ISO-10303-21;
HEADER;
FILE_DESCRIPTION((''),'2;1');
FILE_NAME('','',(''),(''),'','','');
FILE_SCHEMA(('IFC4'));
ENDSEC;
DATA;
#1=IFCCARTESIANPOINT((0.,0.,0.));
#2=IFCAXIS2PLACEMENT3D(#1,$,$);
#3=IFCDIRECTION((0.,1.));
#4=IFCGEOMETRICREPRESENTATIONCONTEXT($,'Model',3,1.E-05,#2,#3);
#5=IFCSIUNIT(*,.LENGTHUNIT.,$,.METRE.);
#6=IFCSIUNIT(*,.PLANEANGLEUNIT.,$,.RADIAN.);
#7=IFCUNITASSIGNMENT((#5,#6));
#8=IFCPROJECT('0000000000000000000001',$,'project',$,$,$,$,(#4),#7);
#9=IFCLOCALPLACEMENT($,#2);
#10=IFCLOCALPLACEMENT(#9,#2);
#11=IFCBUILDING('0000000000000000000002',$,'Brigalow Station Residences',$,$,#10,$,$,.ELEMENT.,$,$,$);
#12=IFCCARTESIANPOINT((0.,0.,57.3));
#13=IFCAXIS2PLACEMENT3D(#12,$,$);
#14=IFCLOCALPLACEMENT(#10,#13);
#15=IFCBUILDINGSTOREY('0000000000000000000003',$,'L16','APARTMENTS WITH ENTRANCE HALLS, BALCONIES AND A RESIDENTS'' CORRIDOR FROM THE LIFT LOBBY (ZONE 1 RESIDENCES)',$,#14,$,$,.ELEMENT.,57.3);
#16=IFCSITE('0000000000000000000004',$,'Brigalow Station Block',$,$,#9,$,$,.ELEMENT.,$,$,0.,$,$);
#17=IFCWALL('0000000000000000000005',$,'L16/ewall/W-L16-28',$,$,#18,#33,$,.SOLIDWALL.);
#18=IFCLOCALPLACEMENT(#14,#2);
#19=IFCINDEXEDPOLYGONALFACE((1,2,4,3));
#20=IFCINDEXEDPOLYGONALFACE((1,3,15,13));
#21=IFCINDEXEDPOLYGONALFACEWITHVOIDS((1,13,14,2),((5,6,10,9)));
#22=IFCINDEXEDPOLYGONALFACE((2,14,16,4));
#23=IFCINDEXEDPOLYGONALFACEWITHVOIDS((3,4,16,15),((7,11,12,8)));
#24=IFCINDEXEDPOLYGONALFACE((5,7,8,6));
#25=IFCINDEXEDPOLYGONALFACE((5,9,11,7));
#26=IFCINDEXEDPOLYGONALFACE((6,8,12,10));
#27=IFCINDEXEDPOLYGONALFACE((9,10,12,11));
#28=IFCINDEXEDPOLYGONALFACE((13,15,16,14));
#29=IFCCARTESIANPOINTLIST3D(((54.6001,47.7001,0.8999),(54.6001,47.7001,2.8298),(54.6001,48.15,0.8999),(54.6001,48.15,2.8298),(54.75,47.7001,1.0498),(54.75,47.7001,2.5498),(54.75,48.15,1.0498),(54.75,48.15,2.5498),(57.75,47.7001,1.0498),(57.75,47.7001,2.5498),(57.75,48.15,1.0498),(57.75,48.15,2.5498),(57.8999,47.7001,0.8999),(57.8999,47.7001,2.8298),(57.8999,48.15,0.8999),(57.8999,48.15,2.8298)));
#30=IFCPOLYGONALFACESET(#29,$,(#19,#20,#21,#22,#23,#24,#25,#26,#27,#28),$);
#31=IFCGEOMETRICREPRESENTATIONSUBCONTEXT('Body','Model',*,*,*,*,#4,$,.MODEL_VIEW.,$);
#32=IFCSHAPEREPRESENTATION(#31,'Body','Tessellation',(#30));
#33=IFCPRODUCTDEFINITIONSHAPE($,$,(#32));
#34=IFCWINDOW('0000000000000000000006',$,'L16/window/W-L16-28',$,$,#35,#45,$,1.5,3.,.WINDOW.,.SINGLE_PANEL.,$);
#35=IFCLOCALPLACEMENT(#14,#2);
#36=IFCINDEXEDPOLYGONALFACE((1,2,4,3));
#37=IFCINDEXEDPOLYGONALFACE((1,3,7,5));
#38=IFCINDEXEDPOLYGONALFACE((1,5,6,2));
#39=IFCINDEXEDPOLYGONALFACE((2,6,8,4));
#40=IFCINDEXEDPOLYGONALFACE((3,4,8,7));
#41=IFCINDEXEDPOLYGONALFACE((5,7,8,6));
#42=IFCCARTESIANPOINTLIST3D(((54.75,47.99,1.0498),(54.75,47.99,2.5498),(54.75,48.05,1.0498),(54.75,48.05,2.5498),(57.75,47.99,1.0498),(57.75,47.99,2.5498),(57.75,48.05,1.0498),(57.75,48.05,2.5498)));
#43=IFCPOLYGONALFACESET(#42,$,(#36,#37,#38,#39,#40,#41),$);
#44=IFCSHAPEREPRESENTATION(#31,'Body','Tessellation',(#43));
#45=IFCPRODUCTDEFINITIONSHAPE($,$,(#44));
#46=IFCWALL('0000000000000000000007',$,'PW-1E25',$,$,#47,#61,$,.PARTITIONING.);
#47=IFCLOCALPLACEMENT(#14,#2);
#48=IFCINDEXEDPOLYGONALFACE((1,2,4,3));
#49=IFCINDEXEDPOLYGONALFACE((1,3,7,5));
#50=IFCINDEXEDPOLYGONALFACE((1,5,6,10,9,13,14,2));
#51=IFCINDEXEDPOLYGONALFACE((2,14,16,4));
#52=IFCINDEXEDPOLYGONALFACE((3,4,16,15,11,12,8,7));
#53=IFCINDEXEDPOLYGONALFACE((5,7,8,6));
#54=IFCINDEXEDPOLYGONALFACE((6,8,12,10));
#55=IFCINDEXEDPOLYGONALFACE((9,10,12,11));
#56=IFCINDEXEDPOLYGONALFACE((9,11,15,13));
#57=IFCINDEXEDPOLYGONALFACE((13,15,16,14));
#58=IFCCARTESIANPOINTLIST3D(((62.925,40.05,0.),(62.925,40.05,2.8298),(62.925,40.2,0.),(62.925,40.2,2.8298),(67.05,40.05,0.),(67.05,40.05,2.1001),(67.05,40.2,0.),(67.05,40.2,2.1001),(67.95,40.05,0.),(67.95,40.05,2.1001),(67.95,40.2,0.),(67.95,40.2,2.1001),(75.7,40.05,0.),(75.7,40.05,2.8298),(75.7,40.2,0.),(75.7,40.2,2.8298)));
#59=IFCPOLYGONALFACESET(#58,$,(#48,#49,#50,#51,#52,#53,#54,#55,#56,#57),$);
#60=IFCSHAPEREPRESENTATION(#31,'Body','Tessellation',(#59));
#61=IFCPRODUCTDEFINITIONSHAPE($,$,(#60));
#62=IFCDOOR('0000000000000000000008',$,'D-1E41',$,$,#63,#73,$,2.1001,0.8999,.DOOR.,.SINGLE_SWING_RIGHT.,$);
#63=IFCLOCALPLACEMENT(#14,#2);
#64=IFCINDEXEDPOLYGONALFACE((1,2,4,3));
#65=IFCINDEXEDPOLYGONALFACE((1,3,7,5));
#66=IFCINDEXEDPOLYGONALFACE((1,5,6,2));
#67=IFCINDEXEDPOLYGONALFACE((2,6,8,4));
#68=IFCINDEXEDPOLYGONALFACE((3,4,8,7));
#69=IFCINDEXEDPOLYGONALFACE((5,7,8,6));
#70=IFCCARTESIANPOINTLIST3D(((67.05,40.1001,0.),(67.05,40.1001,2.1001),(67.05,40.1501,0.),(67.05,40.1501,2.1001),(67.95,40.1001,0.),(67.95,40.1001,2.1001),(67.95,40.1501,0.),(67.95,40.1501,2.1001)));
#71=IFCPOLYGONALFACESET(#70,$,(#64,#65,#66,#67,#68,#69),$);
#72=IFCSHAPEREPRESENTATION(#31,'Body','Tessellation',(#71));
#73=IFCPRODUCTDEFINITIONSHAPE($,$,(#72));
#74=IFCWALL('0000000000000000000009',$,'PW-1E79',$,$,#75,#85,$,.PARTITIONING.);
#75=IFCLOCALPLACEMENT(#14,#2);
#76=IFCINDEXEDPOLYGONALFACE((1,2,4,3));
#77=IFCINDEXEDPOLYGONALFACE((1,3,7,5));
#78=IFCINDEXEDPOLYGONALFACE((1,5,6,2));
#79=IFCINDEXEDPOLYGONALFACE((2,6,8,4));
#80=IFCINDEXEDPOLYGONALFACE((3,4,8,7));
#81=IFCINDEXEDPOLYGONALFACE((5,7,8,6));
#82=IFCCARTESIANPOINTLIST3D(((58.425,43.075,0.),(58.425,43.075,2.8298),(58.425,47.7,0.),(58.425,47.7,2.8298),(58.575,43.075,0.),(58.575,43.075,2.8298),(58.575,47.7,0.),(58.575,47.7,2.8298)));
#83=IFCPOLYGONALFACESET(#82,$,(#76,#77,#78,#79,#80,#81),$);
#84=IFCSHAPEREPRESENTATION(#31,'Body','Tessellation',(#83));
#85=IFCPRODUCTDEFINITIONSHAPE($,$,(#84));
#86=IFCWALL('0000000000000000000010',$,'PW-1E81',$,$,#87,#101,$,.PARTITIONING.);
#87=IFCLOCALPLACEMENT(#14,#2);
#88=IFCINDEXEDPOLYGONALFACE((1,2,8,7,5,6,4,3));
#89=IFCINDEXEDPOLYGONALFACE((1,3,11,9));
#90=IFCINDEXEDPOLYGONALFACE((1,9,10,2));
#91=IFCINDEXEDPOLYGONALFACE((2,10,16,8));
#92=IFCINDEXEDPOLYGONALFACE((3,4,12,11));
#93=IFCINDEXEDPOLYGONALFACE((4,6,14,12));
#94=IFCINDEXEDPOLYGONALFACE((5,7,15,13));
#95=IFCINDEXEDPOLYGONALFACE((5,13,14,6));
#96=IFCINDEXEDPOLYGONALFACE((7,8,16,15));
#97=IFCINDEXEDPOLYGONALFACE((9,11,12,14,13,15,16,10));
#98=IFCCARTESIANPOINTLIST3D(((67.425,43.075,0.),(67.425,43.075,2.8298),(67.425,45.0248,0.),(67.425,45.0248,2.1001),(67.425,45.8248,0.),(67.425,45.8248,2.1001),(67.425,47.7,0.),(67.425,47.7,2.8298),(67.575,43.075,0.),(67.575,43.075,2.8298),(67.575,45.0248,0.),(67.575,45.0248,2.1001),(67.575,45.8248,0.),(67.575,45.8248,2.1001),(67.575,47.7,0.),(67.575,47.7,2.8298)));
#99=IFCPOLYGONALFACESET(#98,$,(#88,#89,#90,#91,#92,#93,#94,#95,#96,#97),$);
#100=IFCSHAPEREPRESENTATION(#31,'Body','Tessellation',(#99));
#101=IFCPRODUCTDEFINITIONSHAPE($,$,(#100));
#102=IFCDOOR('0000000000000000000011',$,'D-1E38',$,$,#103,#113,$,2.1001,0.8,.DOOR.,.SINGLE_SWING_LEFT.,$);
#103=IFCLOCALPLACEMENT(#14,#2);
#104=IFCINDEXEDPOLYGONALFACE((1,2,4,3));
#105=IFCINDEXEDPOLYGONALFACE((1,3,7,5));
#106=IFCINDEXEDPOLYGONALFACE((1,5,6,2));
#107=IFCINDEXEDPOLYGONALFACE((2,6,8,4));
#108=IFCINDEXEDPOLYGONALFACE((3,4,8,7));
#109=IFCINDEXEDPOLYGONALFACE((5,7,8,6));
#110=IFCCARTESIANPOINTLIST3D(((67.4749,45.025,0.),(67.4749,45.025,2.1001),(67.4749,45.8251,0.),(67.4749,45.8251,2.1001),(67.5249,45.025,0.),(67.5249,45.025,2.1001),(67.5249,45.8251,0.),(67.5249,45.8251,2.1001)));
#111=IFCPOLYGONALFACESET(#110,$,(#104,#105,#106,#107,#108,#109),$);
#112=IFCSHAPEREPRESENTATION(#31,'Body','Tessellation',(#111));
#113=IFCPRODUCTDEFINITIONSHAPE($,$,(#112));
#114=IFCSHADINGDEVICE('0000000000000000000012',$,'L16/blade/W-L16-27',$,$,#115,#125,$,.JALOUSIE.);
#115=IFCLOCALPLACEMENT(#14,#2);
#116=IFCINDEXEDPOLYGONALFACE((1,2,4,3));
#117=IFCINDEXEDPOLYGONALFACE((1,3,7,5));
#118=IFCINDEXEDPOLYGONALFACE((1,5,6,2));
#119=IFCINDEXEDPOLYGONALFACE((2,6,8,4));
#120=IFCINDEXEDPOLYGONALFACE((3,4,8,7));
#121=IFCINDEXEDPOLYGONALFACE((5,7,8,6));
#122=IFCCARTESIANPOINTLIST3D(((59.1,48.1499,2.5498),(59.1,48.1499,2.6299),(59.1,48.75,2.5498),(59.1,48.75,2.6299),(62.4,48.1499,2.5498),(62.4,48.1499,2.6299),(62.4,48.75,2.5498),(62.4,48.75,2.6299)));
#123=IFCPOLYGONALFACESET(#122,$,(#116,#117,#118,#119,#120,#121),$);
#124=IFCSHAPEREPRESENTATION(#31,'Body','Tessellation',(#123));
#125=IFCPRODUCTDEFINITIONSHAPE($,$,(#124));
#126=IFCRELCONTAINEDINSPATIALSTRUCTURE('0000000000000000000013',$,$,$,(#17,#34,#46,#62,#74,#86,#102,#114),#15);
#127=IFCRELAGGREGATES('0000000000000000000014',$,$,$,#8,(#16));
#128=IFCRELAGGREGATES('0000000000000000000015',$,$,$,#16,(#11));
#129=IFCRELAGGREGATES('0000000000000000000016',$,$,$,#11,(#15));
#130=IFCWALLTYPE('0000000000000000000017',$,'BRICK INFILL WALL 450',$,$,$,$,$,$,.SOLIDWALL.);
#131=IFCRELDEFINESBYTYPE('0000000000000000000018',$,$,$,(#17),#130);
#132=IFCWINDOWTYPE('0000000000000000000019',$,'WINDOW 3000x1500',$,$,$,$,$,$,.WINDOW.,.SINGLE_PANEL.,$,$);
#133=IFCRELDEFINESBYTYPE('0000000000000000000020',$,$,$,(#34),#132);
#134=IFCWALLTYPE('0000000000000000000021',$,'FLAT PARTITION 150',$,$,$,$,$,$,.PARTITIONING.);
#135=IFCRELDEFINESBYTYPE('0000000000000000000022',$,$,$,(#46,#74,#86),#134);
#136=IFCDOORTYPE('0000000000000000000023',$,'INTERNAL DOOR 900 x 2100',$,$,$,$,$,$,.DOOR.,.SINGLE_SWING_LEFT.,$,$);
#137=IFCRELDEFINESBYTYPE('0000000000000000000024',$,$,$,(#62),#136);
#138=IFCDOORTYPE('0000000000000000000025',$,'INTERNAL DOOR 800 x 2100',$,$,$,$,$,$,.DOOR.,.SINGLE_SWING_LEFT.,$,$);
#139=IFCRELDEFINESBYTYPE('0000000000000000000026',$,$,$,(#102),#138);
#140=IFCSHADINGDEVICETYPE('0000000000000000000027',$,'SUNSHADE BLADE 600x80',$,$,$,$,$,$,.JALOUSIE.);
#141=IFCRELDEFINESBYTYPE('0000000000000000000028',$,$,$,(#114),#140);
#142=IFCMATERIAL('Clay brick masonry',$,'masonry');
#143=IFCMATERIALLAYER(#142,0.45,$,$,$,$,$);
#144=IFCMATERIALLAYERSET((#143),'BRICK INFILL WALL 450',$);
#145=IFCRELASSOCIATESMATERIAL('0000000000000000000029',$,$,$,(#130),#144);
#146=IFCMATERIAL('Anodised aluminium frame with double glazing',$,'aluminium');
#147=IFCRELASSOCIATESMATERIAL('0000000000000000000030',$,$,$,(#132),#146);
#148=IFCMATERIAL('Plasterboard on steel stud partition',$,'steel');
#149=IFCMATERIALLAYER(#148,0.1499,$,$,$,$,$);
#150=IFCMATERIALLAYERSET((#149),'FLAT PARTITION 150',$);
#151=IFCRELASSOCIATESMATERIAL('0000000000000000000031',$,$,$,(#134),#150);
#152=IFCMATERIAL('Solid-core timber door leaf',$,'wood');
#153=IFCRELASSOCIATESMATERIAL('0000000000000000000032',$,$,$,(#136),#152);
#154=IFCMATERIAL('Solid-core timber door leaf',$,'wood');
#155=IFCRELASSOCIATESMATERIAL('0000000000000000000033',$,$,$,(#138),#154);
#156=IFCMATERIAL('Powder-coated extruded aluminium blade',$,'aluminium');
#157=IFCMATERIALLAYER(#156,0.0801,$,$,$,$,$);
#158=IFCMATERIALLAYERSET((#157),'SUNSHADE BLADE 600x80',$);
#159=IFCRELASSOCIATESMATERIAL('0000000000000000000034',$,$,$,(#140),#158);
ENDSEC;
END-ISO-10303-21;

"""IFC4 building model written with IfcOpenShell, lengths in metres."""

from ifc_helpers import new_model, si_unit, direction, frame, frame_2d, origin, origin_2d, place, context, subcontext, project, spatial, rectangle, extrude, material, layer, layer_set, type_object, element, fill, save


model = new_model("IFC4")

# Units and contexts
model_context = context("Model", 3, precision=1e-05, world=origin(), true_north=direction((0.0, 1.0)))
body_context = subcontext(model_context, "Body", "Model", "MODEL_VIEW")
ifc_project = project(units=[si_unit("LENGTHUNIT", "METRE"), si_unit("PLANEANGLEUNIT", "RADIAN")], contexts=[model_context])

# Site, building, storey
site_placement = place(None, origin())
site = spatial("IfcSite", under=ifc_project, at=site_placement, Name="Brigalow Station Block", CompositionType="ELEMENT", RefElevation=0.0)
building_placement = place(site_placement, origin())
building = spatial("IfcBuilding", under=site, at=building_placement, Name="Brigalow Station Residences", CompositionType="ELEMENT")
storey_placement = place(building_placement, frame((0.0, 0.0, 57.3)))
storey = spatial("IfcBuildingStorey", under=building, at=storey_placement, Name="L16", Description="APARTMENTS WITH ENTRANCE HALLS, BALCONIES AND A RESIDENTS' CORRIDOR FROM THE LIFT LOBBY (ZONE 1 RESIDENCES)", CompositionType="ELEMENT", Elevation=57.3)

# Shared definitions
ifc_material_1 = material(Name="Clay brick masonry", Category="masonry")
ifc_layer_1 = layer(ifc_material_1, 0.45)
ifc_layer_set_1 = layer_set([ifc_layer_1], Name="BRICK INFILL WALL 450")
wall_type_1 = type_object("IfcWallType", Name="BRICK INFILL WALL 450", PredefinedType="SOLIDWALL", material=ifc_layer_set_1)

# Wall, opening, window
ifc_material_2 = material(Name="Anodised aluminium frame with double glazing", Category="aluminium")
window_type = type_object("IfcWindowType", Name="WINDOW 3000x1500", PartitioningType="SINGLE_PANEL", PredefinedType="WINDOW", material=ifc_material_2)
wall_1_placement = place(storey_placement, frame((57.8999, 47.925, 0.8999), z_axis=(0.0, 0.0, 1.0), x_axis=(-1.0, 0.0, 0.0)))
wall_1 = element("IfcWall", 1, at=wall_1_placement, inside=storey, type_object=wall_type_1, Name="L16/ewall/W-L16-28", PredefinedType="SOLIDWALL", context=body_context, shape_type="SweptSolid", body=[
    extrude(rectangle(XDim=3.2998, YDim=0.45, at=frame_2d((1.6499, 0.0))), origin(), (0.0, 0.0, 1.0), 1.9299),
])
opening_1_placement = place(wall_1_placement, frame((0.1499, 0.0, 0.1499)))
opening_1 = element("IfcOpeningElement", 2, at=opening_1_placement, cuts=wall_1, PredefinedType="OPENING", context=body_context, shape_type="SweptSolid", body=[
    extrude(rectangle(XDim=3.0, YDim=1.5, at=frame_2d((1.5, 0.75))), frame((0.0, 0.2349, 0.0), z_axis=(0.0, -1.0, 0.0), x_axis=(1.0, 0.0, 0.0)), (0.0, 0.0, 1.0), 0.47),
])
window_1_placement = place(opening_1_placement, origin())
window_1 = element("IfcWindow", 3, at=window_1_placement, inside=storey, type_object=window_type, Name="L16/window/W-L16-28", OverallHeight=1.5, OverallWidth=3.0, PartitioningType="SINGLE_PANEL", PredefinedType="WINDOW", context=body_context, shape_type="SweptSolid", body=[
    extrude(rectangle(XDim=3.0, YDim=1.5, at=frame_2d((1.5, 0.75))), frame((0.0, -0.0649, 0.0), z_axis=(0.0, -1.0, 0.0), x_axis=(1.0, 0.0, 0.0)), (0.0, 0.0, 1.0), 0.0601),
])
fill(opening_1, window_1)

# Wall, opening, door
ifc_material_3 = material(Name="Plasterboard on steel stud partition", Category="steel")
ifc_layer_2 = layer(ifc_material_3, 0.1499)
ifc_layer_set_2 = layer_set([ifc_layer_2], Name="FLAT PARTITION 150")
wall_type_2 = type_object("IfcWallType", Name="FLAT PARTITION 150", PredefinedType="PARTITIONING", material=ifc_layer_set_2)
wall_2_placement = place(storey_placement, frame((62.925, 40.125, 0.0), z_axis=(0.0, 0.0, 1.0), x_axis=(1.0, 0.0, 0.0)))
wall_2 = element("IfcWall", 4, at=wall_2_placement, inside=storey, type_object=wall_type_2, Name="PW-1E25", PredefinedType="PARTITIONING", context=body_context, shape_type="SweptSolid", body=[
    extrude(rectangle(XDim=12.7749, YDim=0.1499, at=frame_2d((6.3875, 0.0))), origin(), (0.0, 0.0, 1.0), 2.8298),
])
opening_2_placement = place(wall_2_placement, frame((4.125, 0.0, 0.0)))
opening_2 = element("IfcOpeningElement", 5, at=opening_2_placement, cuts=wall_2, PredefinedType="OPENING", context=body_context, shape_type="SweptSolid", body=[
    extrude(rectangle(XDim=0.8999, YDim=2.1001, at=frame_2d((0.45, 1.05))), frame((0.0, 0.085, 0.0), z_axis=(0.0, -1.0, 0.0), x_axis=(1.0, 0.0, 0.0)), (0.0, 0.0, 1.0), 0.1699),
])
ifc_material_4 = material(Name="Solid-core timber door leaf", Category="wood")
door_type_1 = type_object("IfcDoorType", Name="INTERNAL DOOR 900 x 2100", OperationType="SINGLE_SWING_LEFT", PredefinedType="DOOR", material=ifc_material_4)
door_1_placement = place(opening_2_placement, frame((0.8999, 0.0, 0.0), z_axis=(0.0, 0.0, 1.0), x_axis=(-1.0, 0.0, 0.0)))
door_1 = element("IfcDoor", 6, at=door_1_placement, inside=storey, type_object=door_type_1, Name="D-1E41", OperationType="SINGLE_SWING_RIGHT", OverallHeight=2.1001, OverallWidth=0.8999, PredefinedType="DOOR", context=body_context, shape_type="SweptSolid", body=[
    extrude(rectangle(XDim=0.8999, YDim=2.1001, at=frame_2d((0.45, 1.05))), frame((0.0, 0.0249, 0.0), z_axis=(0.0, -1.0, 0.0), x_axis=(1.0, 0.0, 0.0)), (0.0, 0.0, 1.0), 0.05),
])
fill(opening_2, door_1)

# Wall
wall_3_placement = place(storey_placement, frame((58.5, 43.075, 0.0), z_axis=(0.0, 0.0, 1.0), x_axis=(0.0, 1.0, 0.0)))
element("IfcWall", 7, at=wall_3_placement, inside=storey, type_object=wall_type_2, Name="PW-1E79", PredefinedType="PARTITIONING", context=body_context, shape_type="SweptSolid", body=[
    extrude(rectangle(XDim=4.625, YDim=0.1499, at=frame_2d((2.3125, 0.0))), origin(), (0.0, 0.0, 1.0), 2.8298),
])

# Wall, opening, door
wall_4_placement = place(storey_placement, frame((67.5, 43.075, 0.0), z_axis=(0.0, 0.0, 1.0), x_axis=(0.0, 1.0, 0.0)))
wall_4 = element("IfcWall", 8, at=wall_4_placement, inside=storey, type_object=wall_type_2, Name="PW-1E81", PredefinedType="PARTITIONING", context=body_context, shape_type="SweptSolid", body=[
    extrude(rectangle(XDim=4.625, YDim=0.1499, at=frame_2d((2.3125, 0.0))), origin(), (0.0, 0.0, 1.0), 2.8298),
])
opening_3_placement = place(wall_4_placement, frame((1.95, 0.0, 0.0)))
opening_3 = element("IfcOpeningElement", 9, at=opening_3_placement, cuts=wall_4, PredefinedType="OPENING", context=body_context, shape_type="SweptSolid", body=[
    extrude(rectangle(XDim=0.8, YDim=2.1001, at=frame_2d((0.3999, 1.05))), frame((0.0, 0.085, 0.0), z_axis=(0.0, -1.0, 0.0), x_axis=(1.0, 0.0, 0.0)), (0.0, 0.0, 1.0), 0.1699),
])
ifc_material_5 = material(Name="Solid-core timber door leaf", Category="wood")
door_type_2 = type_object("IfcDoorType", Name="INTERNAL DOOR 800 x 2100", OperationType="SINGLE_SWING_LEFT", PredefinedType="DOOR", material=ifc_material_5)
door_2_placement = place(opening_3_placement, frame((0.8, 0.0, 0.0), z_axis=(0.0, 0.0, 1.0), x_axis=(-1.0, 0.0, 0.0)))
door_2 = element("IfcDoor", 10, at=door_2_placement, inside=storey, type_object=door_type_2, Name="D-1E38", OperationType="SINGLE_SWING_LEFT", OverallHeight=2.1001, OverallWidth=0.8, PredefinedType="DOOR", context=body_context, shape_type="SweptSolid", body=[
    extrude(rectangle(XDim=0.8, YDim=2.1001, at=frame_2d((0.3999, 1.05))), frame((0.0, 0.0249, 0.0), z_axis=(0.0, -1.0, 0.0), x_axis=(1.0, 0.0, 0.0)), (0.0, 0.0, 1.0), 0.05),
])
fill(opening_3, door_2)

# Shading device
ifc_material_6 = material(Name="Powder-coated extruded aluminium blade", Category="aluminium")
ifc_layer_3 = layer(ifc_material_6, 0.0801)
ifc_layer_set_3 = layer_set([ifc_layer_3], Name="SUNSHADE BLADE 600x80")
shading_device_type = type_object("IfcShadingDeviceType", Name="SUNSHADE BLADE 600x80", PredefinedType="JALOUSIE", material=ifc_layer_set_3)
shading_device_placement = place(storey_placement, frame((60.75, 48.45, 2.5498), z_axis=(0.0, 0.0, 1.0), x_axis=(-1.0, 0.0, 0.0)))
element("IfcShadingDevice", 11, at=shading_device_placement, inside=storey, type_object=shading_device_type, Name="L16/blade/W-L16-27", PredefinedType="JALOUSIE", context=body_context, shape_type="SweptSolid", body=[
    extrude(rectangle(XDim=3.3, YDim=0.6001, at=origin_2d()), origin(), (0.0, 0.0, 1.0), 0.0801),
])

save(model, "model.ifc")
